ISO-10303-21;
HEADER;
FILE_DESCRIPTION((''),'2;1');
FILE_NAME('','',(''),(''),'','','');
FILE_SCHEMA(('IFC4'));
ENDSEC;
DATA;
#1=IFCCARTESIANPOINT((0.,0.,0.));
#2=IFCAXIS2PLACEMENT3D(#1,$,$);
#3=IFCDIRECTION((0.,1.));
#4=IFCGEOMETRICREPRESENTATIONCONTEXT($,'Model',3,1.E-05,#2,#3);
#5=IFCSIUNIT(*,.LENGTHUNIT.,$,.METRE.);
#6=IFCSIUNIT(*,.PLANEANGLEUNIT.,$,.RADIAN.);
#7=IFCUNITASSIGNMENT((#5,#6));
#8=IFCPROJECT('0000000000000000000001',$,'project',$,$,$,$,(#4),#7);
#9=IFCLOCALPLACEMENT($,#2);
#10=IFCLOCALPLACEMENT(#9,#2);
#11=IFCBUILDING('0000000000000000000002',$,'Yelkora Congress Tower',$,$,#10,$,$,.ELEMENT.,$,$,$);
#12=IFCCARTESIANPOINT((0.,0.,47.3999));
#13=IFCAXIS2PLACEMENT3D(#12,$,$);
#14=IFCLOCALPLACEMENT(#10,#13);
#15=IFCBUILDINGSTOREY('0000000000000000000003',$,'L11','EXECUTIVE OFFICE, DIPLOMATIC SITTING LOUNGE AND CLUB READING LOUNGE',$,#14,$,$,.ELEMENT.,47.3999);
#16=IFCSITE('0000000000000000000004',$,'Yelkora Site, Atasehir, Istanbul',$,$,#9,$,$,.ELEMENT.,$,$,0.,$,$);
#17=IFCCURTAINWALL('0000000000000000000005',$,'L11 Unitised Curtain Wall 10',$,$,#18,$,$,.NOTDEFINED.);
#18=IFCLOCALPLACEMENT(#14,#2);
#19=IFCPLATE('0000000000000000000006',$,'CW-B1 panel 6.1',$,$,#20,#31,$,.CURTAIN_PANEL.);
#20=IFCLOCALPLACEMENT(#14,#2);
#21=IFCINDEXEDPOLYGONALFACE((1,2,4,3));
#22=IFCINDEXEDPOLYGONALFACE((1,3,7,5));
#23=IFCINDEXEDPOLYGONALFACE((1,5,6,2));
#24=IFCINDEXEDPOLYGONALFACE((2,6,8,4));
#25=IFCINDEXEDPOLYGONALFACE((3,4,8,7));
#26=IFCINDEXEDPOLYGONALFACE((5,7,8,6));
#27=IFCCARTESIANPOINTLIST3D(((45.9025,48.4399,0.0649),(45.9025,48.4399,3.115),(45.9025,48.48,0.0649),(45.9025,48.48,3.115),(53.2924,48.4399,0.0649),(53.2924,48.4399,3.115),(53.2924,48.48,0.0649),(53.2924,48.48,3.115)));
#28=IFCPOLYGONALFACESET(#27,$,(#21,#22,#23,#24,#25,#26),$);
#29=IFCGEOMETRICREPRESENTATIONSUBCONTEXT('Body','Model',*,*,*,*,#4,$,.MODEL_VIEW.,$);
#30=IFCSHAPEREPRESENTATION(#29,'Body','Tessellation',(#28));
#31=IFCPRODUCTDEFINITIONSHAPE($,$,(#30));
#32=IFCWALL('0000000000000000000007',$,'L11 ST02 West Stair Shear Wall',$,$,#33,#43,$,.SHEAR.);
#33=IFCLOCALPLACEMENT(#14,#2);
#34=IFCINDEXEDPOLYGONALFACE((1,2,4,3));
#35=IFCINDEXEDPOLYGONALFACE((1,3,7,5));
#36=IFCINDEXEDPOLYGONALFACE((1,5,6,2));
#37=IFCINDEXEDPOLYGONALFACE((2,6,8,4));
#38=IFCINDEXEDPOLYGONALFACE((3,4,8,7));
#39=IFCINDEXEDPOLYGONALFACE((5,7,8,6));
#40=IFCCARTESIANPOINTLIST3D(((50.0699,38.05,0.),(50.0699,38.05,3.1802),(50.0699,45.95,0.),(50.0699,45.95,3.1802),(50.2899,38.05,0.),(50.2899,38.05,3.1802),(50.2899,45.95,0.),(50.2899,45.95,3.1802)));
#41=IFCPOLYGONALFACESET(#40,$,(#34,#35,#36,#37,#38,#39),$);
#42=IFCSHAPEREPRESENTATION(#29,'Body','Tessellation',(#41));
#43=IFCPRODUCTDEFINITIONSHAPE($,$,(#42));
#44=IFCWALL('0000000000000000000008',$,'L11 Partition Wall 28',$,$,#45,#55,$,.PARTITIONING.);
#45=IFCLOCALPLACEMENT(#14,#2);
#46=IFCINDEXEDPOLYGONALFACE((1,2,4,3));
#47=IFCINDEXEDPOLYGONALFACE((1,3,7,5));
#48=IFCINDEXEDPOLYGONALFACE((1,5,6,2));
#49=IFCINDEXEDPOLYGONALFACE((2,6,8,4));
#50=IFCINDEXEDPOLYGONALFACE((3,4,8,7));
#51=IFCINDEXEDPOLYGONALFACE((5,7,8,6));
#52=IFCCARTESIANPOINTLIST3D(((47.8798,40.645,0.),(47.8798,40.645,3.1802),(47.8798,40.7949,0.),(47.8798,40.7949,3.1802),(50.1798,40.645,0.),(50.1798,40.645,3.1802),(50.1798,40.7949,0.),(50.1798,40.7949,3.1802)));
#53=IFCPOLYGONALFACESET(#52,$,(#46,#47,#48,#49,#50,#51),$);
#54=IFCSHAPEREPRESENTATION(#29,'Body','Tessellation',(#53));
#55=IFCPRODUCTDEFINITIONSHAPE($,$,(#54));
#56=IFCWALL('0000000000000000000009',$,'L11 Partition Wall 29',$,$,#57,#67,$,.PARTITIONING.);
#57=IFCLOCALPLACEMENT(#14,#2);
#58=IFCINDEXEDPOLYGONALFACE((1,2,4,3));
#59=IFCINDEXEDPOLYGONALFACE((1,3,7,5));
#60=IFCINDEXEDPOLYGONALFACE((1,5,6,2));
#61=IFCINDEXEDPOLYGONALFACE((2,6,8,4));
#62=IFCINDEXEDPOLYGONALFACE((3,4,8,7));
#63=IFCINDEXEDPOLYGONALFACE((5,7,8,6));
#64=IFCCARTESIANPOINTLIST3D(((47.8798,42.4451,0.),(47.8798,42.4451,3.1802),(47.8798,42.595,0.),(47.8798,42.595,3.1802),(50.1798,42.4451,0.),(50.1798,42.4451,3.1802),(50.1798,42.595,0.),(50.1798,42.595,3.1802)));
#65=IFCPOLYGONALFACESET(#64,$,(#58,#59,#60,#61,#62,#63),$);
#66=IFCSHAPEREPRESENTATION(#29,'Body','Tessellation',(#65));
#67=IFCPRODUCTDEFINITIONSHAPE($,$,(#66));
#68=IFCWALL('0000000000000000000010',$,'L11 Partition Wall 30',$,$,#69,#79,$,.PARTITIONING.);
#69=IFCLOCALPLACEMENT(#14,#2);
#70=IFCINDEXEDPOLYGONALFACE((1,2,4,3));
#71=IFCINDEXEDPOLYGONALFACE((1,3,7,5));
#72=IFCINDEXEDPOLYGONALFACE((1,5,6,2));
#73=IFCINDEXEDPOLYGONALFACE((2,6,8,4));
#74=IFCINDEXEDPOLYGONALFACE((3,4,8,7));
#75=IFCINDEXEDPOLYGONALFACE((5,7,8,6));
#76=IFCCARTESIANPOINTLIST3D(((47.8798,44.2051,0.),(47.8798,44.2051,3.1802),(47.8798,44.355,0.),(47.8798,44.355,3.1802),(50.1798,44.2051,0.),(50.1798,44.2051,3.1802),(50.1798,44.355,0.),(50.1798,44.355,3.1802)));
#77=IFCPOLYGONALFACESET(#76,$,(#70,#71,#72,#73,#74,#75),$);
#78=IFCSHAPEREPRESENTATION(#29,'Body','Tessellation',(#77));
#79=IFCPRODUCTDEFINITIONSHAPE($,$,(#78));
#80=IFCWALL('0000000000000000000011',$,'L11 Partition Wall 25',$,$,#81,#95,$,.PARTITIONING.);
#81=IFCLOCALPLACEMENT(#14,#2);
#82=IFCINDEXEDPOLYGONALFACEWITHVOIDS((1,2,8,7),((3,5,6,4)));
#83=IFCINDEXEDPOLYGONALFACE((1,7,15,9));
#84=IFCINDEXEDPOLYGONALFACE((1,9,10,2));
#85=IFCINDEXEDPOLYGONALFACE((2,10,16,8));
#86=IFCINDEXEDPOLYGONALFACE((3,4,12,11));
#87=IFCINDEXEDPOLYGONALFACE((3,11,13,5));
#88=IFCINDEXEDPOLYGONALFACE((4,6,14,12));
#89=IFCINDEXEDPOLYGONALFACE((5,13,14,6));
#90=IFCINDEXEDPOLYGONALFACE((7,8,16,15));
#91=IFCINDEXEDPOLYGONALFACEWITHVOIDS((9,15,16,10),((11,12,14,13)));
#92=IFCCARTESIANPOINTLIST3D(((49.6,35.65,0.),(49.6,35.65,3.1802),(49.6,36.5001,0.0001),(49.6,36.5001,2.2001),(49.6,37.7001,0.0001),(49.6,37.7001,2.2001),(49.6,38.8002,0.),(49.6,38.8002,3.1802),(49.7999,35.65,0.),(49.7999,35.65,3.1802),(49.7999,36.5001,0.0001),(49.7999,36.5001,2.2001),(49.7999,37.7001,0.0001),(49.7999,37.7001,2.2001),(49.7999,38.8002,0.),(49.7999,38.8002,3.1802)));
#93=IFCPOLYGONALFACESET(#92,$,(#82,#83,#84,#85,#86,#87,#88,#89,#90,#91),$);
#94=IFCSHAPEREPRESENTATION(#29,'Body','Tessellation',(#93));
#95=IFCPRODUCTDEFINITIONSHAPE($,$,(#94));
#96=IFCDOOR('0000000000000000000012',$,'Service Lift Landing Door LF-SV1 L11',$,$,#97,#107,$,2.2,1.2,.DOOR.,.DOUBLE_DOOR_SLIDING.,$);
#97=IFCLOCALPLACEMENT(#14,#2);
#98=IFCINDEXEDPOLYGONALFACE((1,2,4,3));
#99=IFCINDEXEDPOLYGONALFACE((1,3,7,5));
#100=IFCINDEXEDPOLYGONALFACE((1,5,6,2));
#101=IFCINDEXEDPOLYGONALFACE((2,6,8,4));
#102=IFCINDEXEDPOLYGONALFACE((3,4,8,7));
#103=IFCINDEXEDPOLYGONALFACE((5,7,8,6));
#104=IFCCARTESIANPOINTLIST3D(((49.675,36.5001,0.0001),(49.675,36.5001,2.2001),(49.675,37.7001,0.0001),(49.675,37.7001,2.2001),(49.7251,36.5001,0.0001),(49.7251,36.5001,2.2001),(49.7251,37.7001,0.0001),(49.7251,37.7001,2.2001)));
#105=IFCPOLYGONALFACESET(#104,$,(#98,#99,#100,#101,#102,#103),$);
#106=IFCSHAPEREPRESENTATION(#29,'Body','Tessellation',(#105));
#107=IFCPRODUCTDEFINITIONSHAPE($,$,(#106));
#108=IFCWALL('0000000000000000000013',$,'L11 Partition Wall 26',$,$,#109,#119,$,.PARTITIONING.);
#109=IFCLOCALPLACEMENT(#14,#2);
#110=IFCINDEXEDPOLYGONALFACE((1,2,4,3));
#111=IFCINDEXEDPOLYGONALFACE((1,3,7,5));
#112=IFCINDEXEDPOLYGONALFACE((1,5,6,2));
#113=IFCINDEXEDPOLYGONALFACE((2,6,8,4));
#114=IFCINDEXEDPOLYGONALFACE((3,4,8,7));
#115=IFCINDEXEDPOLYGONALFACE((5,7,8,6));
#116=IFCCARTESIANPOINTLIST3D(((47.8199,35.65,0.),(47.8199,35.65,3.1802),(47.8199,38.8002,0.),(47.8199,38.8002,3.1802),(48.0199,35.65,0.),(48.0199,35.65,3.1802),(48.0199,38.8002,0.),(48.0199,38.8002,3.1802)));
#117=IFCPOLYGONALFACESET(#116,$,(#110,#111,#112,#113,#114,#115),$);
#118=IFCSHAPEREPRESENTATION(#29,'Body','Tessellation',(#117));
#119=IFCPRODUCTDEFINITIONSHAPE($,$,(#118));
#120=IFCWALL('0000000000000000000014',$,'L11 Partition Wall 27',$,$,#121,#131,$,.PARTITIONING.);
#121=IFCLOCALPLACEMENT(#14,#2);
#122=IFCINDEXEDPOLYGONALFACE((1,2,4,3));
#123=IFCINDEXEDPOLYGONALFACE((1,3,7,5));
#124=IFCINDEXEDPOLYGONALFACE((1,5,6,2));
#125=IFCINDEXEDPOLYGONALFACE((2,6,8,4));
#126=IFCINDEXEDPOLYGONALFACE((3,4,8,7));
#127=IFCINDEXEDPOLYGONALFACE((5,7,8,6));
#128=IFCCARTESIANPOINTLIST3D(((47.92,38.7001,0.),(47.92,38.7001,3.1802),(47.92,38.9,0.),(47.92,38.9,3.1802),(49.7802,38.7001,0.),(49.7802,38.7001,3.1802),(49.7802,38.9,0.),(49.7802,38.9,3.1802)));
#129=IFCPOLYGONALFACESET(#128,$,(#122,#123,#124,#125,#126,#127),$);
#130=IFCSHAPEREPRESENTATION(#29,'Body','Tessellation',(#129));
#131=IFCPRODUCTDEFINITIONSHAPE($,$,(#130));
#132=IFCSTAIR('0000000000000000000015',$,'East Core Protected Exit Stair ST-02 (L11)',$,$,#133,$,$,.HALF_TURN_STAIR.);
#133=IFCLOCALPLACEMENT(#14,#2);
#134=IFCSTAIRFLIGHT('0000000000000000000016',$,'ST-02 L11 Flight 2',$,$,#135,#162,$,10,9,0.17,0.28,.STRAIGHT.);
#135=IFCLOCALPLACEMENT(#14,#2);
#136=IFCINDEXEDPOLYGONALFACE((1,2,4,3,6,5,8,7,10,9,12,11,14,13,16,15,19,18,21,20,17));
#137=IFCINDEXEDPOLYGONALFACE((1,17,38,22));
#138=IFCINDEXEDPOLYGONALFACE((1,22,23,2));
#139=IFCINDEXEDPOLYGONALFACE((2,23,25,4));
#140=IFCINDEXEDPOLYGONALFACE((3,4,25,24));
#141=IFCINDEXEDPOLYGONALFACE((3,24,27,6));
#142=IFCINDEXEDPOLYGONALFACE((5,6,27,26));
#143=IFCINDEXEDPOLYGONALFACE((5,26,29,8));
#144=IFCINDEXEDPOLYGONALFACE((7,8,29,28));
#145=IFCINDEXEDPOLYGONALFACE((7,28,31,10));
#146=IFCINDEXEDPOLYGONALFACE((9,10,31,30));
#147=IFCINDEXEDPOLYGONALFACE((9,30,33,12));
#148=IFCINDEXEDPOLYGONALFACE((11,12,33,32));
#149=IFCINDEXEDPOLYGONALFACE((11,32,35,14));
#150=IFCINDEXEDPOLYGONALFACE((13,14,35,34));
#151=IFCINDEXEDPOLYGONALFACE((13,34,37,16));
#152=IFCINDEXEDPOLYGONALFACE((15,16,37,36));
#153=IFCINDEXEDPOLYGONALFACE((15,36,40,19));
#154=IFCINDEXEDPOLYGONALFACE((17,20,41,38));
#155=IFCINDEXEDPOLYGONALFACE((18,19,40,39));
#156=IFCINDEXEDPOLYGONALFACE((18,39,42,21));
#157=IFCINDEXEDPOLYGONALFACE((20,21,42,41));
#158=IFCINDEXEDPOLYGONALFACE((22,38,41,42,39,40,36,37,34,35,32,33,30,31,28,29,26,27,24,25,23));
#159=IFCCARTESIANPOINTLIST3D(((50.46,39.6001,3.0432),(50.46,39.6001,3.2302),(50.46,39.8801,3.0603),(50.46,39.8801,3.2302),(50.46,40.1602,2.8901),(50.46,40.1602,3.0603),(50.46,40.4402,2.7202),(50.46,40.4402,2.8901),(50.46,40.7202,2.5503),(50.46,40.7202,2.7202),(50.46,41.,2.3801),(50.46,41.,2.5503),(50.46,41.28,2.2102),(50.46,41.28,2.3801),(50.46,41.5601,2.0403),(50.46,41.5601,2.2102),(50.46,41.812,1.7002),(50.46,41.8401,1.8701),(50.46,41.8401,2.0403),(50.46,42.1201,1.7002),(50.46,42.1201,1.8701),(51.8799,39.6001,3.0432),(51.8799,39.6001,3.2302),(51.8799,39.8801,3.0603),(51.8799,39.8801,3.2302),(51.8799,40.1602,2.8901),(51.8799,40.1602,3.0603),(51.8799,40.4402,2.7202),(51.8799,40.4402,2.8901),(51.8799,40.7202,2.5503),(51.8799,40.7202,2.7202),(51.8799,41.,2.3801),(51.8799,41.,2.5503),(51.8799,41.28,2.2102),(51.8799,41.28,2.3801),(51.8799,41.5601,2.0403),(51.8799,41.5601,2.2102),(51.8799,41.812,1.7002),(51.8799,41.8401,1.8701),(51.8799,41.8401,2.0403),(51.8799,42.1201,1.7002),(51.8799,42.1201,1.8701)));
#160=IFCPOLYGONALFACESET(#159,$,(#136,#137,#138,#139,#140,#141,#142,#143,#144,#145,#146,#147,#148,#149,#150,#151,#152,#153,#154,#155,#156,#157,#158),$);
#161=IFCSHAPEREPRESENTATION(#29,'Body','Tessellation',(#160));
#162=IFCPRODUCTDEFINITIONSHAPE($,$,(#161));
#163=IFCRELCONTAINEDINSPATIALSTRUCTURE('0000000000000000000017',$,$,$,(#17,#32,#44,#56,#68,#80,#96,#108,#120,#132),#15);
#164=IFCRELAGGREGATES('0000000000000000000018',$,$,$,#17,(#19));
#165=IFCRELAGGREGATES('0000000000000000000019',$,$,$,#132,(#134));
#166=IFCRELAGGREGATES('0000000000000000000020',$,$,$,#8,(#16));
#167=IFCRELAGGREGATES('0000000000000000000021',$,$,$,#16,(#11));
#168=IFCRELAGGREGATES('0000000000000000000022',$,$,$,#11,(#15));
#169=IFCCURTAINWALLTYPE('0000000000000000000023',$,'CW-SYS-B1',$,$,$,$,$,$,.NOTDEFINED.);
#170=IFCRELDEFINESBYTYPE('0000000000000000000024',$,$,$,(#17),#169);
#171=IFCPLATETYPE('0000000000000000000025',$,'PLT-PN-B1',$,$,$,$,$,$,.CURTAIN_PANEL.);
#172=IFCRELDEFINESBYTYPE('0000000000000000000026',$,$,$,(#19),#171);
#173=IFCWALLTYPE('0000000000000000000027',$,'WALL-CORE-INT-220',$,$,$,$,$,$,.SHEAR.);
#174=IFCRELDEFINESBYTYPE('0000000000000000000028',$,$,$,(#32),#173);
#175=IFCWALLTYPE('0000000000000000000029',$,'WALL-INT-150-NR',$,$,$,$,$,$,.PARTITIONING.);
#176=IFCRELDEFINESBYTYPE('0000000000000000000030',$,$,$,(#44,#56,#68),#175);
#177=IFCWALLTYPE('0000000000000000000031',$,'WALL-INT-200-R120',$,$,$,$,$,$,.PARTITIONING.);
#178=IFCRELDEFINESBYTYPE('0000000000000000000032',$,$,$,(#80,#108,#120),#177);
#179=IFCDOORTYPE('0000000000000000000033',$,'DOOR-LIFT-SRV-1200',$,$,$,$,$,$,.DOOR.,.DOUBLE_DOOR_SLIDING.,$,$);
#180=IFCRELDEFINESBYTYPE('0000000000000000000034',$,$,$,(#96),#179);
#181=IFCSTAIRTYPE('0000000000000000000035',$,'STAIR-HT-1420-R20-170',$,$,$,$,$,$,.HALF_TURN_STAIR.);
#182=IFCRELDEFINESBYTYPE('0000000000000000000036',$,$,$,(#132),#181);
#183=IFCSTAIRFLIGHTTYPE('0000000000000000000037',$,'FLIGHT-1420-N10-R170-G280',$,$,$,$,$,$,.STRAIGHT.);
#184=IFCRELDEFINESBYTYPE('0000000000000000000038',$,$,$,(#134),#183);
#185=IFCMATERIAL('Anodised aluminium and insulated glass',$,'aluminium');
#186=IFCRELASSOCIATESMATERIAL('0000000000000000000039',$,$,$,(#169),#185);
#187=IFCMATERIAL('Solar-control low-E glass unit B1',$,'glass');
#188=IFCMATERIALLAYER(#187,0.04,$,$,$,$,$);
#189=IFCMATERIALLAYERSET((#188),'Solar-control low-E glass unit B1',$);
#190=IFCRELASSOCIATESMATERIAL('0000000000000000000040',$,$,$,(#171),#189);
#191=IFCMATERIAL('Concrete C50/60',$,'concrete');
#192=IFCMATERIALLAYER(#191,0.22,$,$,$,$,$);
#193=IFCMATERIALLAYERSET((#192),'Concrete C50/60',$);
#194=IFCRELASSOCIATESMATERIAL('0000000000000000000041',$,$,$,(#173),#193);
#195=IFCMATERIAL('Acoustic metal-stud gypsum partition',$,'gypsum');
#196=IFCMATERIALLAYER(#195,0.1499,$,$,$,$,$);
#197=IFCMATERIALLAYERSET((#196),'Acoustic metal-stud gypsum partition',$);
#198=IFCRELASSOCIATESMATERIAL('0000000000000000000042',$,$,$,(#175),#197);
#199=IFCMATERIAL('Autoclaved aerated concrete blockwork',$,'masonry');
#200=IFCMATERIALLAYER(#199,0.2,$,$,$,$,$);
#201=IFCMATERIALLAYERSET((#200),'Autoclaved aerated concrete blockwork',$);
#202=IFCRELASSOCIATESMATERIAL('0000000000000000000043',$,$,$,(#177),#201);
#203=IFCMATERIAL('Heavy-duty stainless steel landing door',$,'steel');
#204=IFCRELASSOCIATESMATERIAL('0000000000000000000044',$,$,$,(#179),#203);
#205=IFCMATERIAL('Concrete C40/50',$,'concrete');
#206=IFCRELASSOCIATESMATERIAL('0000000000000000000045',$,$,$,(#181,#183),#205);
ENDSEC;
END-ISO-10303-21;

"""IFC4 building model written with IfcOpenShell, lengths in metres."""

from ifc_helpers import new_model, si_unit, direction, frame, frame_2d, origin, origin_2d, place, context, subcontext, project, spatial, polyline, rectangle, outline, extrude, material, layer, layer_set, type_object, element, fill, aggregate, save


model = new_model("IFC4")

# Units and contexts
model_context = context("Model", 3, precision=1e-05, world=origin(), true_north=direction((0.0, 1.0)))
body_context = subcontext(model_context, "Body", "Model", "MODEL_VIEW")
ifc_project = project(units=[si_unit("LENGTHUNIT", "METRE"), si_unit("PLANEANGLEUNIT", "RADIAN")], contexts=[model_context])

# Site, building, storey
site_placement = place(None, origin())
site = spatial("IfcSite", under=ifc_project, at=site_placement, Name="Yelkora Site, Atasehir, Istanbul", CompositionType="ELEMENT", RefElevation=0.0)
building_placement = place(site_placement, origin())
building = spatial("IfcBuilding", under=site, at=building_placement, Name="Yelkora Congress Tower", CompositionType="ELEMENT")
storey_placement = place(building_placement, frame((0.0, 0.0, 47.3999)))
storey = spatial("IfcBuildingStorey", under=building, at=storey_placement, Name="L11", Description="EXECUTIVE OFFICE, DIPLOMATIC SITTING LOUNGE AND CLUB READING LOUNGE", CompositionType="ELEMENT", Elevation=47.3999)

# Curtain wall, plate
ifc_material_1 = material(Name="Anodised aluminium and insulated glass", Category="aluminium")
curtain_wall_type = type_object("IfcCurtainWallType", Name="CW-SYS-B1", PredefinedType="NOTDEFINED", material=ifc_material_1)
curtain_wall_placement = place(storey_placement, origin())
curtain_wall = element("IfcCurtainWall", 1, at=curtain_wall_placement, inside=storey, type_object=curtain_wall_type, Name="L11 Unitised Curtain Wall 10", PredefinedType="NOTDEFINED")
ifc_material_2 = material(Name="Solar-control low-E glass unit B1", Category="glass")
ifc_layer_1 = layer(ifc_material_2, 0.04)
ifc_layer_set_1 = layer_set([ifc_layer_1], Name="Solar-control low-E glass unit B1")
plate_type = type_object("IfcPlateType", Name="PLT-PN-B1", PredefinedType="CURTAIN_PANEL", material=ifc_layer_set_1)
plate_placement = place(storey_placement, frame((49.5974, 48.46, 0.0649), z_axis=(0.0, 0.0, 1.0), x_axis=(1.0, 0.0, 0.0)))
plate = element("IfcPlate", 2, at=plate_placement, type_object=plate_type, Name="CW-B1 panel 6.1", PredefinedType="CURTAIN_PANEL", context=body_context, shape_type="SweptSolid", body=[
    extrude(rectangle(XDim=7.3899, YDim=0.04, at=origin_2d()), origin(), (0.0, 0.0, 1.0), 3.05),
])
aggregate(curtain_wall, [plate])

# Walls
ifc_material_3 = material(Name="Concrete C50/60", Category="concrete")
ifc_layer_2 = layer(ifc_material_3, 0.22)
ifc_layer_set_2 = layer_set([ifc_layer_2], Name="Concrete C50/60")
wall_type_1 = type_object("IfcWallType", Name="WALL-CORE-INT-220", PredefinedType="SHEAR", material=ifc_layer_set_2)
wall_1_placement = place(storey_placement, frame((50.1799, 38.05, 0.0), z_axis=(0.0, 0.0, 1.0), x_axis=(0.0, 1.0, 0.0)))
element("IfcWall", 3, at=wall_1_placement, inside=storey, type_object=wall_type_1, Name="L11 ST02 West Stair Shear Wall", PredefinedType="SHEAR", context=body_context, shape_type="SweptSolid", body=[
    extrude(rectangle(XDim=7.8999, YDim=0.22, at=frame_2d((3.95, 0.0))), origin(), (0.0, 0.0, 1.0), 3.1802),
])
ifc_material_4 = material(Name="Acoustic metal-stud gypsum partition", Category="gypsum")
ifc_layer_3 = layer(ifc_material_4, 0.1499)
ifc_layer_set_3 = layer_set([ifc_layer_3], Name="Acoustic metal-stud gypsum partition")
wall_type_2 = type_object("IfcWallType", Name="WALL-INT-150-NR", PredefinedType="PARTITIONING", material=ifc_layer_set_3)
for number, where, z_axis, x_axis, name in (
    (4, (47.8799, 40.72, 0.0), (0.0, 0.0, 1.0), (1.0, 0.0, 0.0), "L11 Partition Wall 28"),
    (5, (47.8799, 42.52, 0.0), (0.0, 0.0, 1.0), (1.0, 0.0, 0.0), "L11 Partition Wall 29"),
    (6, (47.8799, 44.28, 0.0), (0.0, 0.0, 1.0), (1.0, 0.0, 0.0), "L11 Partition Wall 30"),
):
    element("IfcWall", number, at=place(storey_placement, frame(where, z_axis=z_axis, x_axis=x_axis)), inside=storey, type_object=wall_type_2, Name=name, PredefinedType="PARTITIONING", context=body_context, shape_type="SweptSolid", body=[
        extrude(rectangle(XDim=2.3, YDim=0.1499, at=frame_2d((1.1499, 0.0))), origin(), (0.0, 0.0, 1.0), 3.1802),
    ])

# Wall, opening, door
ifc_material_5 = material(Name="Autoclaved aerated concrete blockwork", Category="masonry")
ifc_layer_4 = layer(ifc_material_5, 0.2)
ifc_layer_set_4 = layer_set([ifc_layer_4], Name="Autoclaved aerated concrete blockwork")
wall_type_3 = type_object("IfcWallType", Name="WALL-INT-200-R120", PredefinedType="PARTITIONING", material=ifc_layer_set_4)
wall_2_placement = place(storey_placement, frame((49.7, 35.6499, 0.0), z_axis=(0.0, 0.0, 1.0), x_axis=(0.0, 1.0, 0.0)))
wall_2 = element("IfcWall", 7, at=wall_2_placement, inside=storey, type_object=wall_type_3, Name="L11 Partition Wall 25", PredefinedType="PARTITIONING", context=body_context, shape_type="SweptSolid", body=[
    extrude(rectangle(XDim=3.1501, YDim=0.2, at=frame_2d((1.5752, 0.0))), origin(), (0.0, 0.0, 1.0), 3.1802),
])
opening_1_placement = place(wall_2_placement, frame((0.8501, 0.0, 0.0)))
opening_1 = element("IfcOpeningElement", 8, at=opening_1_placement, cuts=wall_2, PredefinedType="OPENING", context=body_context, shape_type="SweptSolid", body=[
    extrude(rectangle(XDim=1.2, YDim=2.2, at=frame_2d((0.6001, 1.1001))), frame((0.0, 0.1099, 0.0), z_axis=(0.0, -1.0, 0.0), x_axis=(1.0, 0.0, 0.0)), (0.0, 0.0, 1.0), 0.22),
])
ifc_material_6 = material(Name="Heavy-duty stainless steel landing door", Category="steel")
door_type_1 = type_object("IfcDoorType", Name="DOOR-LIFT-SRV-1200", OperationType="DOUBLE_DOOR_SLIDING", PredefinedType="DOOR", material=ifc_material_6)
door_1_placement = place(opening_1_placement, origin())
door_1 = element("IfcDoor", 9, at=door_1_placement, inside=storey, type_object=door_type_1, Name="Service Lift Landing Door LF-SV1 L11", OperationType="DOUBLE_DOOR_SLIDING", OverallHeight=2.2, OverallWidth=1.2, PredefinedType="DOOR", context=body_context, shape_type="SweptSolid", body=[
    extrude(rectangle(XDim=1.2, YDim=2.2, at=frame_2d((0.6001, 1.1001))), frame((0.0, 0.0249, 0.0), z_axis=(0.0, -1.0, 0.0), x_axis=(1.0, 0.0, 0.0)), (0.0, 0.0, 1.0), 0.05),
])
fill(opening_1, door_1)

# Walls
wall_3_placement = place(storey_placement, frame((47.9199, 35.6499, 0.0), z_axis=(0.0, 0.0, 1.0), x_axis=(0.0, 1.0, 0.0)))
element("IfcWall", 10, at=wall_3_placement, inside=storey, type_object=wall_type_3, Name="L11 Partition Wall 26", PredefinedType="PARTITIONING", context=body_context, shape_type="SweptSolid", body=[
    extrude(rectangle(XDim=3.1501, YDim=0.2, at=frame_2d((1.5752, 0.0))), origin(), (0.0, 0.0, 1.0), 3.1802),
])
wall_4_placement = place(storey_placement, frame((47.9199, 38.8, 0.0), z_axis=(0.0, 0.0, 1.0), x_axis=(1.0, 0.0, 0.0)))
element("IfcWall", 11, at=wall_4_placement, inside=storey, type_object=wall_type_3, Name="L11 Partition Wall 27", PredefinedType="PARTITIONING", context=body_context, shape_type="SweptSolid", body=[
    extrude(rectangle(XDim=1.8601, YDim=0.2, at=frame_2d((0.9302, 0.0))), origin(), (0.0, 0.0, 1.0), 3.1802),
])

# Stair, stair flight
ifc_material_7 = material(Name="Concrete C40/50", Category="concrete")
stair_type = type_object("IfcStairType", Name="STAIR-HT-1420-R20-170", PredefinedType="HALF_TURN_STAIR", material=ifc_material_7)
stair_placement = place(storey_placement, origin())
stair = element("IfcStair", 12, at=stair_placement, inside=storey, type_object=stair_type, Name="East Core Protected Exit Stair ST-02 (L11)", PredefinedType="HALF_TURN_STAIR")
stair_flight_type = type_object("IfcStairFlightType", Name="FLIGHT-1420-N10-R170-G280", PredefinedType="STRAIGHT", material=ifc_material_7)
stair_flight_placement = place(storey_placement, frame((51.1699, 42.1201, 1.7002), z_axis=(0.0, 0.0, 1.0), x_axis=(0.0, -1.0, 0.0)))
stair_flight = element("IfcStairFlight", 13, at=stair_flight_placement, type_object=stair_flight_type, Name="ST-02 L11 Flight 2", NumberOfRisers=10, NumberOfTreads=9, PredefinedType="STRAIGHT", RiserHeight=0.17, TreadLength=0.28, context=body_context, shape_type="SweptSolid", body=[
    extrude(outline(polyline([(0.0, 0.0), (0.0, 0.1699), (0.28, 0.1699), (0.28, 0.3401), (0.5601, 0.3401), (0.5601, 0.51), (0.8401, 0.51), (0.8401, 0.6799), (1.1201, 0.6799), (1.1201, 0.8501), (1.3999, 0.8501), (1.3999, 1.02), (1.6799, 1.02), (1.6799, 1.1899), (1.96, 1.1899), (1.96, 1.3601), (2.24, 1.3601), (2.24, 1.53), (2.52, 1.53), (2.52, 1.7), (2.52, 1.343), (0.3081, 0.0), (0.0, 0.0)])), frame((0.0, 0.71, 0.0), z_axis=(0.0, -1.0, 0.0), x_axis=(1.0, 0.0, 0.0)), (0.0, 0.0, 1.0), 1.4199),
])
aggregate(stair, [stair_flight])

save(model, "model.ifc")
